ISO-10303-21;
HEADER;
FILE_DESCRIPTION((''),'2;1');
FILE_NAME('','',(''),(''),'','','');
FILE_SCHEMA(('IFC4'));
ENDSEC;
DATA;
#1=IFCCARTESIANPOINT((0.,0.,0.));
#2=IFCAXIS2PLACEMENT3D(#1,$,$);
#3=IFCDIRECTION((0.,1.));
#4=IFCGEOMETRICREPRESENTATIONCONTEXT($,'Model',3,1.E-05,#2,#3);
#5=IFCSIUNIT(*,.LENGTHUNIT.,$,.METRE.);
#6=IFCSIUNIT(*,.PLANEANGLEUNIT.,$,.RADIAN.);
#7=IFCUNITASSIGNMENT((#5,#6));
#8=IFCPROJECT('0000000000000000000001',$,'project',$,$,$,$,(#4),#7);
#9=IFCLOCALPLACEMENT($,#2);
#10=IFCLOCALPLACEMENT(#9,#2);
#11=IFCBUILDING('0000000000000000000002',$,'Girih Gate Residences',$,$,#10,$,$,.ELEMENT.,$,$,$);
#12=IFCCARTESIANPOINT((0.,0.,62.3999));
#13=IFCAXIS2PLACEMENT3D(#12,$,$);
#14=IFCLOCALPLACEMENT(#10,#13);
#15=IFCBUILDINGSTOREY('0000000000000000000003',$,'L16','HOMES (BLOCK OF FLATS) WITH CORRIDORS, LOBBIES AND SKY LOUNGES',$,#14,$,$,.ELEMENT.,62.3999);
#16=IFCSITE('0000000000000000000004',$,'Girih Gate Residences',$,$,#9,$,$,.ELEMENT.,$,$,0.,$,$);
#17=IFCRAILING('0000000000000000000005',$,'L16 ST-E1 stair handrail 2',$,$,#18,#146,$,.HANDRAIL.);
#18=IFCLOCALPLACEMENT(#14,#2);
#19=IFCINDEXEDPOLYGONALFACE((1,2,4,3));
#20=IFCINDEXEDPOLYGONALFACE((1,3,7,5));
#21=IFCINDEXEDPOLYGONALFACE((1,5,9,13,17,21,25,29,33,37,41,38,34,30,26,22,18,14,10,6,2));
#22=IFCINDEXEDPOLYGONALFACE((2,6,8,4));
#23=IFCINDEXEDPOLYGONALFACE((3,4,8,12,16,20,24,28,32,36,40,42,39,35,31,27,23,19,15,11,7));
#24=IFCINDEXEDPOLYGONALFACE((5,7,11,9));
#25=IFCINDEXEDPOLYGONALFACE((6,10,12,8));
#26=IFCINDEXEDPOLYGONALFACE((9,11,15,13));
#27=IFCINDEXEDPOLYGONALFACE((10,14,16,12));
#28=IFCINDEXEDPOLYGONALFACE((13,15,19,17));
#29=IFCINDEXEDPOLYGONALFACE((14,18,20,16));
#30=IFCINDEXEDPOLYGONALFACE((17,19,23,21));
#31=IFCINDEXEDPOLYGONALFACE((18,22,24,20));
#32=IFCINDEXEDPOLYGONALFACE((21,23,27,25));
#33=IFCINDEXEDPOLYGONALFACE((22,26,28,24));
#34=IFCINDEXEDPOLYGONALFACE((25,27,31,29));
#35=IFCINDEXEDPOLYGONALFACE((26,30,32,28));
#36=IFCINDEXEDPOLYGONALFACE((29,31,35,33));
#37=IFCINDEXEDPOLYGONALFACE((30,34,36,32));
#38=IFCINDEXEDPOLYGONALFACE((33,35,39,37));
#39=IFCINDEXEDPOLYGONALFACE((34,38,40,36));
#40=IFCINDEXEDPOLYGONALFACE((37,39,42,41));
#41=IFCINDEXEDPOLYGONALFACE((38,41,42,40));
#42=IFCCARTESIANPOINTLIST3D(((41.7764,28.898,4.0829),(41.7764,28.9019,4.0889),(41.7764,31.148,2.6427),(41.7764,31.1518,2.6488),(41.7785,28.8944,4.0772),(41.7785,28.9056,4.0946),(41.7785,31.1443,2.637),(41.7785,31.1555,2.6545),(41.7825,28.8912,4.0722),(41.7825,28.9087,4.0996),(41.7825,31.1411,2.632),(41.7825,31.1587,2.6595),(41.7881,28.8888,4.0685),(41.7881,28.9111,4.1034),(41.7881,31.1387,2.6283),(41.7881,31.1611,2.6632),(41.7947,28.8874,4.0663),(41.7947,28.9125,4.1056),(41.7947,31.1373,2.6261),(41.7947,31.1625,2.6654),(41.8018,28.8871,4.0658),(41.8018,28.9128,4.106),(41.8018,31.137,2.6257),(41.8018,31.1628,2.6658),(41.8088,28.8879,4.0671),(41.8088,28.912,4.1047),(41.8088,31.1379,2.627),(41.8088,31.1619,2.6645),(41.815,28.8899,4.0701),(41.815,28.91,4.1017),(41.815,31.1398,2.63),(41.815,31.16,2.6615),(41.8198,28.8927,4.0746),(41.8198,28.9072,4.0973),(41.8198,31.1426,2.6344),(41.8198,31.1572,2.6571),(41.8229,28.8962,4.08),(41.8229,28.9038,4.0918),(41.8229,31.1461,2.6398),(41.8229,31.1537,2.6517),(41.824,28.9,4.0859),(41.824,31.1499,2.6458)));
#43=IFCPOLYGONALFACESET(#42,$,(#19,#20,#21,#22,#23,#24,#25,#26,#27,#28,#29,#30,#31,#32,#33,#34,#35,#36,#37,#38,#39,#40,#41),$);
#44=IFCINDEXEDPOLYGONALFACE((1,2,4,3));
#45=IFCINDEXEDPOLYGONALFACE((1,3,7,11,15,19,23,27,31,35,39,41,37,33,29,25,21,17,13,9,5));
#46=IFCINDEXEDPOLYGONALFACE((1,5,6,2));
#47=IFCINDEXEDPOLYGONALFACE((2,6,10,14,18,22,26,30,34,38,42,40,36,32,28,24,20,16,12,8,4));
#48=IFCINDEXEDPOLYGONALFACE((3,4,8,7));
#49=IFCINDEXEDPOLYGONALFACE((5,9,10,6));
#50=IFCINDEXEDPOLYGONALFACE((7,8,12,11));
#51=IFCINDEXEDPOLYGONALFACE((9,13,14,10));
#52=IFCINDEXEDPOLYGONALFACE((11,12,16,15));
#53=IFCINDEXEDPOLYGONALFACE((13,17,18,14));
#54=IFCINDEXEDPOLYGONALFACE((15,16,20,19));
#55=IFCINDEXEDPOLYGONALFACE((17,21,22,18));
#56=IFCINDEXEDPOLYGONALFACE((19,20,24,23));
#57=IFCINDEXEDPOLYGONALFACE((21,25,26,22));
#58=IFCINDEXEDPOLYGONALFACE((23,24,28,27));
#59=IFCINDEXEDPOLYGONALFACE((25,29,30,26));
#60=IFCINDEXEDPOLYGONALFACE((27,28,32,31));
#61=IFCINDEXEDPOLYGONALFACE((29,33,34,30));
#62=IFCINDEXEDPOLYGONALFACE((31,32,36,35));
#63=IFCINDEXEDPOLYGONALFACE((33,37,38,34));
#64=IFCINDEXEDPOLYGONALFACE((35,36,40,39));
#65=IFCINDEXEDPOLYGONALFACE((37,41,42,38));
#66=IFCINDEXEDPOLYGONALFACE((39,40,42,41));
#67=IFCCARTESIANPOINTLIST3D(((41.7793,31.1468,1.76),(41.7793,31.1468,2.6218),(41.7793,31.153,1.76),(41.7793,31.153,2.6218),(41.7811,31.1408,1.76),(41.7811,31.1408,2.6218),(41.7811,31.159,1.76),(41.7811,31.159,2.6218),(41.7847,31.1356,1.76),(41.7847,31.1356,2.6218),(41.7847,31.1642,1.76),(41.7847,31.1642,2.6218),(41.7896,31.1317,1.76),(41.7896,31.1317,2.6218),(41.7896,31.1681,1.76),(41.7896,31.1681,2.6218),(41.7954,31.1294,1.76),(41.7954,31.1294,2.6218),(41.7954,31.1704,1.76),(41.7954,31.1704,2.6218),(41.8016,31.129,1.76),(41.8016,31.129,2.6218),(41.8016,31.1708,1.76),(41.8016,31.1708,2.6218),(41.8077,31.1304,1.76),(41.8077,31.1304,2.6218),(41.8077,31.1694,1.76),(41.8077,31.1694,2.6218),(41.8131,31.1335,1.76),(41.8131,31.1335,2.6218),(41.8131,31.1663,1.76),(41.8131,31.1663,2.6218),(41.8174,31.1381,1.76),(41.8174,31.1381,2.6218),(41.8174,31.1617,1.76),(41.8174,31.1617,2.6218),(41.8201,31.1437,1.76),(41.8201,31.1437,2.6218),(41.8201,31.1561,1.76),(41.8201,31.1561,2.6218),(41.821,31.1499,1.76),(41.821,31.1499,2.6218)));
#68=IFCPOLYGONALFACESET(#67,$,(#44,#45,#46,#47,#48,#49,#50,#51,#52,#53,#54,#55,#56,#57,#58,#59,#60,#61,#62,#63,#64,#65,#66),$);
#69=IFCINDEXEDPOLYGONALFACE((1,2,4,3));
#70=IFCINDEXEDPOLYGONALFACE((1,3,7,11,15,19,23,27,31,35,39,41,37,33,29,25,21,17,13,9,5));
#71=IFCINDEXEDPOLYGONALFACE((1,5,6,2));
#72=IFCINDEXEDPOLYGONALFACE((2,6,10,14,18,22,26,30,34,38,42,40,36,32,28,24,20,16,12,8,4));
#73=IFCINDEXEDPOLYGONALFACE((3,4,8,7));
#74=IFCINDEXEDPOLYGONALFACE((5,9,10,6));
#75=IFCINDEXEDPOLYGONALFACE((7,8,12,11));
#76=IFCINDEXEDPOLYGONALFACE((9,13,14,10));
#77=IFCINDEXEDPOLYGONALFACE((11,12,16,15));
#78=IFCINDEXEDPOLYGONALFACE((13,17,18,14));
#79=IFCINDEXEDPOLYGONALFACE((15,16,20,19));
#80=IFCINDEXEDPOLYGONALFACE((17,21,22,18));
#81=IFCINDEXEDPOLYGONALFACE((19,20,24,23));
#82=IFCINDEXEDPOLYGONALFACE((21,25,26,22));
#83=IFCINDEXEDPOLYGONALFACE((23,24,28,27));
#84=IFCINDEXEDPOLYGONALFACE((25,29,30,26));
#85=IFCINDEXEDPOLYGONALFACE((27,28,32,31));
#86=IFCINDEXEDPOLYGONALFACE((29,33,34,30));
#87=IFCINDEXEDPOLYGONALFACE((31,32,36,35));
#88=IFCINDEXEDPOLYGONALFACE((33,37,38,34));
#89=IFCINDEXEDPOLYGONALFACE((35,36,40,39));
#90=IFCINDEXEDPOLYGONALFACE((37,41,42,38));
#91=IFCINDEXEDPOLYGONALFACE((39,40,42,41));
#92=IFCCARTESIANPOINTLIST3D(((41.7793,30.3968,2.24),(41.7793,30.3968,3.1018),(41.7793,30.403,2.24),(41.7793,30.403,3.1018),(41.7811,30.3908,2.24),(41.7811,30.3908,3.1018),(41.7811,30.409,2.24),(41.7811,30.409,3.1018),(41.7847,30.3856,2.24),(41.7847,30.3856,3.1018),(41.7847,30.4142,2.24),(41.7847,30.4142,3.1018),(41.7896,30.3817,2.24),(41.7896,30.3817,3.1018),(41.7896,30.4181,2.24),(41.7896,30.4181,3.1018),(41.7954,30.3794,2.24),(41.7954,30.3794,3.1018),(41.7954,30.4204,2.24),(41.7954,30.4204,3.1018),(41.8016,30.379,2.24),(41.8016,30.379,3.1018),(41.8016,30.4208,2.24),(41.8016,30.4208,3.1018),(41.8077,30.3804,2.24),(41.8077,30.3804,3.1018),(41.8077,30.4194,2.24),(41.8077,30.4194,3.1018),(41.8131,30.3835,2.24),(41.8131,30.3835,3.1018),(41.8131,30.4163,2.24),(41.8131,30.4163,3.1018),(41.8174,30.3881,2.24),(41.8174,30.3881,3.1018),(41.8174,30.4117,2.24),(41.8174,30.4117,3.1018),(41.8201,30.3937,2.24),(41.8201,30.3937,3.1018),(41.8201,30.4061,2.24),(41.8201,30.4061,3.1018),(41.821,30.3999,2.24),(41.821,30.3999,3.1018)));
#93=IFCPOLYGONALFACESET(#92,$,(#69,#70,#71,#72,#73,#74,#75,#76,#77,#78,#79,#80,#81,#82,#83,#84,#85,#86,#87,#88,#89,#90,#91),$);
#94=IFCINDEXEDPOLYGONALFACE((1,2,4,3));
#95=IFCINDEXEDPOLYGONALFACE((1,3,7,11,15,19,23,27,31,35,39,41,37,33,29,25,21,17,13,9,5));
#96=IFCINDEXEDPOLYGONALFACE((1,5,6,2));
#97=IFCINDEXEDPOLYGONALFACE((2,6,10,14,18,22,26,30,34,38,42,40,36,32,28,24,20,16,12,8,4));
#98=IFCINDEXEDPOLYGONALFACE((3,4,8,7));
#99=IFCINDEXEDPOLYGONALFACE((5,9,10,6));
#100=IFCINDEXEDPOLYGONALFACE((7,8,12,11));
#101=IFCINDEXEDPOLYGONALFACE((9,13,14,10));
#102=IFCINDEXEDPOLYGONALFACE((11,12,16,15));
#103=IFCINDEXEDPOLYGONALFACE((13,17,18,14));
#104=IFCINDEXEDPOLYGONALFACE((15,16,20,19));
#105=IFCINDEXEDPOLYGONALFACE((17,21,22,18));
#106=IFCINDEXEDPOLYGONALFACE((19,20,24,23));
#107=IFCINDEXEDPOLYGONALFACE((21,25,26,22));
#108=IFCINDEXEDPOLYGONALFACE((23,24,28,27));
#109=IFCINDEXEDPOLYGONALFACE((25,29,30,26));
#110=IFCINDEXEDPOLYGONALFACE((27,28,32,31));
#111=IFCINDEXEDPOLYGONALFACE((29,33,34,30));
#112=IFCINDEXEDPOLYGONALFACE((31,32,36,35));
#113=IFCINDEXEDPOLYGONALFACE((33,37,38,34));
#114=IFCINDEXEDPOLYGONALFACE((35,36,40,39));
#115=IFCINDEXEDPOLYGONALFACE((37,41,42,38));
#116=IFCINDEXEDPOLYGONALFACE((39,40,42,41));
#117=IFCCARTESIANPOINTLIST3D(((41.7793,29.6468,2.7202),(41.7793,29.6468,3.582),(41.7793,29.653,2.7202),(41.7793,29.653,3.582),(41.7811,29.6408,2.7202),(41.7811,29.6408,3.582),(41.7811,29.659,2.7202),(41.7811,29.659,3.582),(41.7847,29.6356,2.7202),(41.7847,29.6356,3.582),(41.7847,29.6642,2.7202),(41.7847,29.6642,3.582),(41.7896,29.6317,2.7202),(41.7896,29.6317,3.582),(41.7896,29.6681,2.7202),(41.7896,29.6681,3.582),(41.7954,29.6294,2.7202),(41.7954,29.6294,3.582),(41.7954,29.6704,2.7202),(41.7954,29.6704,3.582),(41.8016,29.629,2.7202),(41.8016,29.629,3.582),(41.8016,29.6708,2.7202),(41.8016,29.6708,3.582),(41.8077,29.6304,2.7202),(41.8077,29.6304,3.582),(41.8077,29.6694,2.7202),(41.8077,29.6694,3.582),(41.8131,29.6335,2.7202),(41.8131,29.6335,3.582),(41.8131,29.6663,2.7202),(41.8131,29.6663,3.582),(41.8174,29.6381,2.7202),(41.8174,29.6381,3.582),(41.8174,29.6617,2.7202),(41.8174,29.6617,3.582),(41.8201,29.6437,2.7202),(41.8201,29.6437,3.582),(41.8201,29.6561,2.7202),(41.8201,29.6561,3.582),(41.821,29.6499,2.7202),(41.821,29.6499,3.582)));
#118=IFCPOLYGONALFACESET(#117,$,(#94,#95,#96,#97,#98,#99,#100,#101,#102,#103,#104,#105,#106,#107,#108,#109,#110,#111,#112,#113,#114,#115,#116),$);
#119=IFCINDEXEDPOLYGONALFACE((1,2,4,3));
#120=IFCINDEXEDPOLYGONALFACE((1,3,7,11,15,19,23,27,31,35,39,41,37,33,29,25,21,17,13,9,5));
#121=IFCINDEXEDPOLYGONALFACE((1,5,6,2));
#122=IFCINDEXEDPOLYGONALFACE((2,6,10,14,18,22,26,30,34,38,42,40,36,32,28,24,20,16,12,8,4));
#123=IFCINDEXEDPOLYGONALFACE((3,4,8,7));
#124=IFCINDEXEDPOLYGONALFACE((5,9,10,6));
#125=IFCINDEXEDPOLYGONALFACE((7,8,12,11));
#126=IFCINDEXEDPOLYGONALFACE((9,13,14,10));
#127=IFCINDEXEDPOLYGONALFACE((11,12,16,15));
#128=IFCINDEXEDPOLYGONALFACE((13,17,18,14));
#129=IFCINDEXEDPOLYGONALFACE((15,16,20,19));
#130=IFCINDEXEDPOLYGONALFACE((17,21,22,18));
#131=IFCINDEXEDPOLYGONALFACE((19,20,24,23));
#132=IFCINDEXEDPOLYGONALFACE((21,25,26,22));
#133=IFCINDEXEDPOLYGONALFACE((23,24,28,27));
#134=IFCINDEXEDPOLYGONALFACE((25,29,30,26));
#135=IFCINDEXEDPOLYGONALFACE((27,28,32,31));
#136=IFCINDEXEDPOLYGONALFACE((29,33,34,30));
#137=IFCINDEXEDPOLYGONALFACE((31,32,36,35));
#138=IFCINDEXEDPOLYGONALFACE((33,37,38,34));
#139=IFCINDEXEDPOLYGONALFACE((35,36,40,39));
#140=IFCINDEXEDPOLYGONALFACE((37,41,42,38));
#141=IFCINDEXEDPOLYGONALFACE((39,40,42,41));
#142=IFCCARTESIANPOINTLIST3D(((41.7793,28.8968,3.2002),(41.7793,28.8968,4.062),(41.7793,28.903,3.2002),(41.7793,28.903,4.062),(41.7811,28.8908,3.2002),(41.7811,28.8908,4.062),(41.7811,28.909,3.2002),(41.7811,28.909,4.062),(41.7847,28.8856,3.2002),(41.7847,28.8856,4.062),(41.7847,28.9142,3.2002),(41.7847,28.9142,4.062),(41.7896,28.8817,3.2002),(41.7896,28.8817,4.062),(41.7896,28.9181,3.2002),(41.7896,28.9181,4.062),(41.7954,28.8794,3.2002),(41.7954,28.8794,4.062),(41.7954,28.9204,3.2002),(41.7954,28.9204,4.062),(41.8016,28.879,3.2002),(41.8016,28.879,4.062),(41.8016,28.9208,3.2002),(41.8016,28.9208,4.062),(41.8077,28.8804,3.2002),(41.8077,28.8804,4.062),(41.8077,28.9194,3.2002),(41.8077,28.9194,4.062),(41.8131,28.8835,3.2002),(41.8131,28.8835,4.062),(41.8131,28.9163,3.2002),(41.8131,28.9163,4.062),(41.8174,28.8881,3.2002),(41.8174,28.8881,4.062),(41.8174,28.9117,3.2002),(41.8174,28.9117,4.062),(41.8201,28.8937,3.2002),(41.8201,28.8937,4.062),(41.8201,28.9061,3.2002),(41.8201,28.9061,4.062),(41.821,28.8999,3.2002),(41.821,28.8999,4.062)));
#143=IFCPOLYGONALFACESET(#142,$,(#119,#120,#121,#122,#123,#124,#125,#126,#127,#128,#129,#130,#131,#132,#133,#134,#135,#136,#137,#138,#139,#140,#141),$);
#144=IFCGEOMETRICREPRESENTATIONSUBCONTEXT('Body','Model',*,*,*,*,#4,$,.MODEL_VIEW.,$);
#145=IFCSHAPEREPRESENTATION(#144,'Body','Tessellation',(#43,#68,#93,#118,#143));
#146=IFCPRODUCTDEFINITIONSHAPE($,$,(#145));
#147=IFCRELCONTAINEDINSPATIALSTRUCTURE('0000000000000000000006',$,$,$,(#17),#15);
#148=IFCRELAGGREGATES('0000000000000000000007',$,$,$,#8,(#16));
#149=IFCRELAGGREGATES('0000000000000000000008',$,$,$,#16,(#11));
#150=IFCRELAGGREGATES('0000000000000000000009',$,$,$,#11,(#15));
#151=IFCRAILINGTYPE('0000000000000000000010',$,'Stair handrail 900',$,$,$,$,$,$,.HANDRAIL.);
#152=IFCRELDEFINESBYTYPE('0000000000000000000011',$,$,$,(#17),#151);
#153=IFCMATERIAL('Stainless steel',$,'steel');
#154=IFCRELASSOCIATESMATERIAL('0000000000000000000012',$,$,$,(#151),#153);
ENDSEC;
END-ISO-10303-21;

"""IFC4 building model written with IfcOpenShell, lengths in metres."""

from ifc_helpers import new_model, si_unit, direction, frame, origin, origin_2d, place, context, subcontext, project, spatial, circle, extrude, material, type_object, element, save


model = new_model("IFC4")

# Units and contexts
model_context = context("Model", 3, precision=1e-05, world=origin(), true_north=direction((0.0, 1.0)))
body_context = subcontext(model_context, "Body", "Model", "MODEL_VIEW")
ifc_project = project(units=[si_unit("LENGTHUNIT", "METRE"), si_unit("PLANEANGLEUNIT", "RADIAN")], contexts=[model_context])

# Site, building, storey
site_placement = place(None, origin())
site = spatial("IfcSite", under=ifc_project, at=site_placement, Name="Girih Gate Residences", CompositionType="ELEMENT", RefElevation=0.0)
building_placement = place(site_placement, origin())
building = spatial("IfcBuilding", under=site, at=building_placement, Name="Girih Gate Residences", CompositionType="ELEMENT")
storey_placement = place(building_placement, frame((0.0, 0.0, 62.3999)))
storey = spatial("IfcBuildingStorey", under=building, at=storey_placement, Name="L16", Description="HOMES (BLOCK OF FLATS) WITH CORRIDORS, LOBBIES AND SKY LOUNGES", CompositionType="ELEMENT", Elevation=62.3999)

# Railing
ifc_material_1 = material(Name="Stainless steel", Category="steel")
railing_type_1 = type_object("IfcRailingType", Name="Stair handrail 900", PredefinedType="HANDRAIL", material=ifc_material_1)
railing_1_placement = place(storey_placement, frame((41.8, 31.1499, 1.76)))
element("IfcRailing", 1, at=railing_1_placement, inside=storey, type_object=railing_type_1, Name="L16 ST-E1 stair handrail 2", PredefinedType="HANDRAIL", context=body_context, shape_type="SweptSolid", body=[
    extrude(circle(Radius=0.0239, at=origin_2d()), frame((0.0, 0.0, 0.8857), z_axis=(0.0, -0.84224, 0.539103), x_axis=(1.0, 0.0, 0.0)), (0.0, 0.0, 1.0), 2.6714),
    extrude(circle(Radius=0.021, at=origin_2d()), origin(), (0.0, 0.0, 1.0), 0.8618),
    extrude(circle(Radius=0.021, at=origin_2d()), frame((0.0, -0.75, 0.48)), (0.0, 0.0, 1.0), 0.8618),
    extrude(circle(Radius=0.021, at=origin_2d()), frame((0.0, -1.5, 0.9602)), (0.0, 0.0, 1.0), 0.8618),
    extrude(circle(Radius=0.021, at=origin_2d()), frame((0.0, -2.25, 1.4402)), (0.0, 0.0, 1.0), 0.8618),
])

save(model, "model.ifc")
